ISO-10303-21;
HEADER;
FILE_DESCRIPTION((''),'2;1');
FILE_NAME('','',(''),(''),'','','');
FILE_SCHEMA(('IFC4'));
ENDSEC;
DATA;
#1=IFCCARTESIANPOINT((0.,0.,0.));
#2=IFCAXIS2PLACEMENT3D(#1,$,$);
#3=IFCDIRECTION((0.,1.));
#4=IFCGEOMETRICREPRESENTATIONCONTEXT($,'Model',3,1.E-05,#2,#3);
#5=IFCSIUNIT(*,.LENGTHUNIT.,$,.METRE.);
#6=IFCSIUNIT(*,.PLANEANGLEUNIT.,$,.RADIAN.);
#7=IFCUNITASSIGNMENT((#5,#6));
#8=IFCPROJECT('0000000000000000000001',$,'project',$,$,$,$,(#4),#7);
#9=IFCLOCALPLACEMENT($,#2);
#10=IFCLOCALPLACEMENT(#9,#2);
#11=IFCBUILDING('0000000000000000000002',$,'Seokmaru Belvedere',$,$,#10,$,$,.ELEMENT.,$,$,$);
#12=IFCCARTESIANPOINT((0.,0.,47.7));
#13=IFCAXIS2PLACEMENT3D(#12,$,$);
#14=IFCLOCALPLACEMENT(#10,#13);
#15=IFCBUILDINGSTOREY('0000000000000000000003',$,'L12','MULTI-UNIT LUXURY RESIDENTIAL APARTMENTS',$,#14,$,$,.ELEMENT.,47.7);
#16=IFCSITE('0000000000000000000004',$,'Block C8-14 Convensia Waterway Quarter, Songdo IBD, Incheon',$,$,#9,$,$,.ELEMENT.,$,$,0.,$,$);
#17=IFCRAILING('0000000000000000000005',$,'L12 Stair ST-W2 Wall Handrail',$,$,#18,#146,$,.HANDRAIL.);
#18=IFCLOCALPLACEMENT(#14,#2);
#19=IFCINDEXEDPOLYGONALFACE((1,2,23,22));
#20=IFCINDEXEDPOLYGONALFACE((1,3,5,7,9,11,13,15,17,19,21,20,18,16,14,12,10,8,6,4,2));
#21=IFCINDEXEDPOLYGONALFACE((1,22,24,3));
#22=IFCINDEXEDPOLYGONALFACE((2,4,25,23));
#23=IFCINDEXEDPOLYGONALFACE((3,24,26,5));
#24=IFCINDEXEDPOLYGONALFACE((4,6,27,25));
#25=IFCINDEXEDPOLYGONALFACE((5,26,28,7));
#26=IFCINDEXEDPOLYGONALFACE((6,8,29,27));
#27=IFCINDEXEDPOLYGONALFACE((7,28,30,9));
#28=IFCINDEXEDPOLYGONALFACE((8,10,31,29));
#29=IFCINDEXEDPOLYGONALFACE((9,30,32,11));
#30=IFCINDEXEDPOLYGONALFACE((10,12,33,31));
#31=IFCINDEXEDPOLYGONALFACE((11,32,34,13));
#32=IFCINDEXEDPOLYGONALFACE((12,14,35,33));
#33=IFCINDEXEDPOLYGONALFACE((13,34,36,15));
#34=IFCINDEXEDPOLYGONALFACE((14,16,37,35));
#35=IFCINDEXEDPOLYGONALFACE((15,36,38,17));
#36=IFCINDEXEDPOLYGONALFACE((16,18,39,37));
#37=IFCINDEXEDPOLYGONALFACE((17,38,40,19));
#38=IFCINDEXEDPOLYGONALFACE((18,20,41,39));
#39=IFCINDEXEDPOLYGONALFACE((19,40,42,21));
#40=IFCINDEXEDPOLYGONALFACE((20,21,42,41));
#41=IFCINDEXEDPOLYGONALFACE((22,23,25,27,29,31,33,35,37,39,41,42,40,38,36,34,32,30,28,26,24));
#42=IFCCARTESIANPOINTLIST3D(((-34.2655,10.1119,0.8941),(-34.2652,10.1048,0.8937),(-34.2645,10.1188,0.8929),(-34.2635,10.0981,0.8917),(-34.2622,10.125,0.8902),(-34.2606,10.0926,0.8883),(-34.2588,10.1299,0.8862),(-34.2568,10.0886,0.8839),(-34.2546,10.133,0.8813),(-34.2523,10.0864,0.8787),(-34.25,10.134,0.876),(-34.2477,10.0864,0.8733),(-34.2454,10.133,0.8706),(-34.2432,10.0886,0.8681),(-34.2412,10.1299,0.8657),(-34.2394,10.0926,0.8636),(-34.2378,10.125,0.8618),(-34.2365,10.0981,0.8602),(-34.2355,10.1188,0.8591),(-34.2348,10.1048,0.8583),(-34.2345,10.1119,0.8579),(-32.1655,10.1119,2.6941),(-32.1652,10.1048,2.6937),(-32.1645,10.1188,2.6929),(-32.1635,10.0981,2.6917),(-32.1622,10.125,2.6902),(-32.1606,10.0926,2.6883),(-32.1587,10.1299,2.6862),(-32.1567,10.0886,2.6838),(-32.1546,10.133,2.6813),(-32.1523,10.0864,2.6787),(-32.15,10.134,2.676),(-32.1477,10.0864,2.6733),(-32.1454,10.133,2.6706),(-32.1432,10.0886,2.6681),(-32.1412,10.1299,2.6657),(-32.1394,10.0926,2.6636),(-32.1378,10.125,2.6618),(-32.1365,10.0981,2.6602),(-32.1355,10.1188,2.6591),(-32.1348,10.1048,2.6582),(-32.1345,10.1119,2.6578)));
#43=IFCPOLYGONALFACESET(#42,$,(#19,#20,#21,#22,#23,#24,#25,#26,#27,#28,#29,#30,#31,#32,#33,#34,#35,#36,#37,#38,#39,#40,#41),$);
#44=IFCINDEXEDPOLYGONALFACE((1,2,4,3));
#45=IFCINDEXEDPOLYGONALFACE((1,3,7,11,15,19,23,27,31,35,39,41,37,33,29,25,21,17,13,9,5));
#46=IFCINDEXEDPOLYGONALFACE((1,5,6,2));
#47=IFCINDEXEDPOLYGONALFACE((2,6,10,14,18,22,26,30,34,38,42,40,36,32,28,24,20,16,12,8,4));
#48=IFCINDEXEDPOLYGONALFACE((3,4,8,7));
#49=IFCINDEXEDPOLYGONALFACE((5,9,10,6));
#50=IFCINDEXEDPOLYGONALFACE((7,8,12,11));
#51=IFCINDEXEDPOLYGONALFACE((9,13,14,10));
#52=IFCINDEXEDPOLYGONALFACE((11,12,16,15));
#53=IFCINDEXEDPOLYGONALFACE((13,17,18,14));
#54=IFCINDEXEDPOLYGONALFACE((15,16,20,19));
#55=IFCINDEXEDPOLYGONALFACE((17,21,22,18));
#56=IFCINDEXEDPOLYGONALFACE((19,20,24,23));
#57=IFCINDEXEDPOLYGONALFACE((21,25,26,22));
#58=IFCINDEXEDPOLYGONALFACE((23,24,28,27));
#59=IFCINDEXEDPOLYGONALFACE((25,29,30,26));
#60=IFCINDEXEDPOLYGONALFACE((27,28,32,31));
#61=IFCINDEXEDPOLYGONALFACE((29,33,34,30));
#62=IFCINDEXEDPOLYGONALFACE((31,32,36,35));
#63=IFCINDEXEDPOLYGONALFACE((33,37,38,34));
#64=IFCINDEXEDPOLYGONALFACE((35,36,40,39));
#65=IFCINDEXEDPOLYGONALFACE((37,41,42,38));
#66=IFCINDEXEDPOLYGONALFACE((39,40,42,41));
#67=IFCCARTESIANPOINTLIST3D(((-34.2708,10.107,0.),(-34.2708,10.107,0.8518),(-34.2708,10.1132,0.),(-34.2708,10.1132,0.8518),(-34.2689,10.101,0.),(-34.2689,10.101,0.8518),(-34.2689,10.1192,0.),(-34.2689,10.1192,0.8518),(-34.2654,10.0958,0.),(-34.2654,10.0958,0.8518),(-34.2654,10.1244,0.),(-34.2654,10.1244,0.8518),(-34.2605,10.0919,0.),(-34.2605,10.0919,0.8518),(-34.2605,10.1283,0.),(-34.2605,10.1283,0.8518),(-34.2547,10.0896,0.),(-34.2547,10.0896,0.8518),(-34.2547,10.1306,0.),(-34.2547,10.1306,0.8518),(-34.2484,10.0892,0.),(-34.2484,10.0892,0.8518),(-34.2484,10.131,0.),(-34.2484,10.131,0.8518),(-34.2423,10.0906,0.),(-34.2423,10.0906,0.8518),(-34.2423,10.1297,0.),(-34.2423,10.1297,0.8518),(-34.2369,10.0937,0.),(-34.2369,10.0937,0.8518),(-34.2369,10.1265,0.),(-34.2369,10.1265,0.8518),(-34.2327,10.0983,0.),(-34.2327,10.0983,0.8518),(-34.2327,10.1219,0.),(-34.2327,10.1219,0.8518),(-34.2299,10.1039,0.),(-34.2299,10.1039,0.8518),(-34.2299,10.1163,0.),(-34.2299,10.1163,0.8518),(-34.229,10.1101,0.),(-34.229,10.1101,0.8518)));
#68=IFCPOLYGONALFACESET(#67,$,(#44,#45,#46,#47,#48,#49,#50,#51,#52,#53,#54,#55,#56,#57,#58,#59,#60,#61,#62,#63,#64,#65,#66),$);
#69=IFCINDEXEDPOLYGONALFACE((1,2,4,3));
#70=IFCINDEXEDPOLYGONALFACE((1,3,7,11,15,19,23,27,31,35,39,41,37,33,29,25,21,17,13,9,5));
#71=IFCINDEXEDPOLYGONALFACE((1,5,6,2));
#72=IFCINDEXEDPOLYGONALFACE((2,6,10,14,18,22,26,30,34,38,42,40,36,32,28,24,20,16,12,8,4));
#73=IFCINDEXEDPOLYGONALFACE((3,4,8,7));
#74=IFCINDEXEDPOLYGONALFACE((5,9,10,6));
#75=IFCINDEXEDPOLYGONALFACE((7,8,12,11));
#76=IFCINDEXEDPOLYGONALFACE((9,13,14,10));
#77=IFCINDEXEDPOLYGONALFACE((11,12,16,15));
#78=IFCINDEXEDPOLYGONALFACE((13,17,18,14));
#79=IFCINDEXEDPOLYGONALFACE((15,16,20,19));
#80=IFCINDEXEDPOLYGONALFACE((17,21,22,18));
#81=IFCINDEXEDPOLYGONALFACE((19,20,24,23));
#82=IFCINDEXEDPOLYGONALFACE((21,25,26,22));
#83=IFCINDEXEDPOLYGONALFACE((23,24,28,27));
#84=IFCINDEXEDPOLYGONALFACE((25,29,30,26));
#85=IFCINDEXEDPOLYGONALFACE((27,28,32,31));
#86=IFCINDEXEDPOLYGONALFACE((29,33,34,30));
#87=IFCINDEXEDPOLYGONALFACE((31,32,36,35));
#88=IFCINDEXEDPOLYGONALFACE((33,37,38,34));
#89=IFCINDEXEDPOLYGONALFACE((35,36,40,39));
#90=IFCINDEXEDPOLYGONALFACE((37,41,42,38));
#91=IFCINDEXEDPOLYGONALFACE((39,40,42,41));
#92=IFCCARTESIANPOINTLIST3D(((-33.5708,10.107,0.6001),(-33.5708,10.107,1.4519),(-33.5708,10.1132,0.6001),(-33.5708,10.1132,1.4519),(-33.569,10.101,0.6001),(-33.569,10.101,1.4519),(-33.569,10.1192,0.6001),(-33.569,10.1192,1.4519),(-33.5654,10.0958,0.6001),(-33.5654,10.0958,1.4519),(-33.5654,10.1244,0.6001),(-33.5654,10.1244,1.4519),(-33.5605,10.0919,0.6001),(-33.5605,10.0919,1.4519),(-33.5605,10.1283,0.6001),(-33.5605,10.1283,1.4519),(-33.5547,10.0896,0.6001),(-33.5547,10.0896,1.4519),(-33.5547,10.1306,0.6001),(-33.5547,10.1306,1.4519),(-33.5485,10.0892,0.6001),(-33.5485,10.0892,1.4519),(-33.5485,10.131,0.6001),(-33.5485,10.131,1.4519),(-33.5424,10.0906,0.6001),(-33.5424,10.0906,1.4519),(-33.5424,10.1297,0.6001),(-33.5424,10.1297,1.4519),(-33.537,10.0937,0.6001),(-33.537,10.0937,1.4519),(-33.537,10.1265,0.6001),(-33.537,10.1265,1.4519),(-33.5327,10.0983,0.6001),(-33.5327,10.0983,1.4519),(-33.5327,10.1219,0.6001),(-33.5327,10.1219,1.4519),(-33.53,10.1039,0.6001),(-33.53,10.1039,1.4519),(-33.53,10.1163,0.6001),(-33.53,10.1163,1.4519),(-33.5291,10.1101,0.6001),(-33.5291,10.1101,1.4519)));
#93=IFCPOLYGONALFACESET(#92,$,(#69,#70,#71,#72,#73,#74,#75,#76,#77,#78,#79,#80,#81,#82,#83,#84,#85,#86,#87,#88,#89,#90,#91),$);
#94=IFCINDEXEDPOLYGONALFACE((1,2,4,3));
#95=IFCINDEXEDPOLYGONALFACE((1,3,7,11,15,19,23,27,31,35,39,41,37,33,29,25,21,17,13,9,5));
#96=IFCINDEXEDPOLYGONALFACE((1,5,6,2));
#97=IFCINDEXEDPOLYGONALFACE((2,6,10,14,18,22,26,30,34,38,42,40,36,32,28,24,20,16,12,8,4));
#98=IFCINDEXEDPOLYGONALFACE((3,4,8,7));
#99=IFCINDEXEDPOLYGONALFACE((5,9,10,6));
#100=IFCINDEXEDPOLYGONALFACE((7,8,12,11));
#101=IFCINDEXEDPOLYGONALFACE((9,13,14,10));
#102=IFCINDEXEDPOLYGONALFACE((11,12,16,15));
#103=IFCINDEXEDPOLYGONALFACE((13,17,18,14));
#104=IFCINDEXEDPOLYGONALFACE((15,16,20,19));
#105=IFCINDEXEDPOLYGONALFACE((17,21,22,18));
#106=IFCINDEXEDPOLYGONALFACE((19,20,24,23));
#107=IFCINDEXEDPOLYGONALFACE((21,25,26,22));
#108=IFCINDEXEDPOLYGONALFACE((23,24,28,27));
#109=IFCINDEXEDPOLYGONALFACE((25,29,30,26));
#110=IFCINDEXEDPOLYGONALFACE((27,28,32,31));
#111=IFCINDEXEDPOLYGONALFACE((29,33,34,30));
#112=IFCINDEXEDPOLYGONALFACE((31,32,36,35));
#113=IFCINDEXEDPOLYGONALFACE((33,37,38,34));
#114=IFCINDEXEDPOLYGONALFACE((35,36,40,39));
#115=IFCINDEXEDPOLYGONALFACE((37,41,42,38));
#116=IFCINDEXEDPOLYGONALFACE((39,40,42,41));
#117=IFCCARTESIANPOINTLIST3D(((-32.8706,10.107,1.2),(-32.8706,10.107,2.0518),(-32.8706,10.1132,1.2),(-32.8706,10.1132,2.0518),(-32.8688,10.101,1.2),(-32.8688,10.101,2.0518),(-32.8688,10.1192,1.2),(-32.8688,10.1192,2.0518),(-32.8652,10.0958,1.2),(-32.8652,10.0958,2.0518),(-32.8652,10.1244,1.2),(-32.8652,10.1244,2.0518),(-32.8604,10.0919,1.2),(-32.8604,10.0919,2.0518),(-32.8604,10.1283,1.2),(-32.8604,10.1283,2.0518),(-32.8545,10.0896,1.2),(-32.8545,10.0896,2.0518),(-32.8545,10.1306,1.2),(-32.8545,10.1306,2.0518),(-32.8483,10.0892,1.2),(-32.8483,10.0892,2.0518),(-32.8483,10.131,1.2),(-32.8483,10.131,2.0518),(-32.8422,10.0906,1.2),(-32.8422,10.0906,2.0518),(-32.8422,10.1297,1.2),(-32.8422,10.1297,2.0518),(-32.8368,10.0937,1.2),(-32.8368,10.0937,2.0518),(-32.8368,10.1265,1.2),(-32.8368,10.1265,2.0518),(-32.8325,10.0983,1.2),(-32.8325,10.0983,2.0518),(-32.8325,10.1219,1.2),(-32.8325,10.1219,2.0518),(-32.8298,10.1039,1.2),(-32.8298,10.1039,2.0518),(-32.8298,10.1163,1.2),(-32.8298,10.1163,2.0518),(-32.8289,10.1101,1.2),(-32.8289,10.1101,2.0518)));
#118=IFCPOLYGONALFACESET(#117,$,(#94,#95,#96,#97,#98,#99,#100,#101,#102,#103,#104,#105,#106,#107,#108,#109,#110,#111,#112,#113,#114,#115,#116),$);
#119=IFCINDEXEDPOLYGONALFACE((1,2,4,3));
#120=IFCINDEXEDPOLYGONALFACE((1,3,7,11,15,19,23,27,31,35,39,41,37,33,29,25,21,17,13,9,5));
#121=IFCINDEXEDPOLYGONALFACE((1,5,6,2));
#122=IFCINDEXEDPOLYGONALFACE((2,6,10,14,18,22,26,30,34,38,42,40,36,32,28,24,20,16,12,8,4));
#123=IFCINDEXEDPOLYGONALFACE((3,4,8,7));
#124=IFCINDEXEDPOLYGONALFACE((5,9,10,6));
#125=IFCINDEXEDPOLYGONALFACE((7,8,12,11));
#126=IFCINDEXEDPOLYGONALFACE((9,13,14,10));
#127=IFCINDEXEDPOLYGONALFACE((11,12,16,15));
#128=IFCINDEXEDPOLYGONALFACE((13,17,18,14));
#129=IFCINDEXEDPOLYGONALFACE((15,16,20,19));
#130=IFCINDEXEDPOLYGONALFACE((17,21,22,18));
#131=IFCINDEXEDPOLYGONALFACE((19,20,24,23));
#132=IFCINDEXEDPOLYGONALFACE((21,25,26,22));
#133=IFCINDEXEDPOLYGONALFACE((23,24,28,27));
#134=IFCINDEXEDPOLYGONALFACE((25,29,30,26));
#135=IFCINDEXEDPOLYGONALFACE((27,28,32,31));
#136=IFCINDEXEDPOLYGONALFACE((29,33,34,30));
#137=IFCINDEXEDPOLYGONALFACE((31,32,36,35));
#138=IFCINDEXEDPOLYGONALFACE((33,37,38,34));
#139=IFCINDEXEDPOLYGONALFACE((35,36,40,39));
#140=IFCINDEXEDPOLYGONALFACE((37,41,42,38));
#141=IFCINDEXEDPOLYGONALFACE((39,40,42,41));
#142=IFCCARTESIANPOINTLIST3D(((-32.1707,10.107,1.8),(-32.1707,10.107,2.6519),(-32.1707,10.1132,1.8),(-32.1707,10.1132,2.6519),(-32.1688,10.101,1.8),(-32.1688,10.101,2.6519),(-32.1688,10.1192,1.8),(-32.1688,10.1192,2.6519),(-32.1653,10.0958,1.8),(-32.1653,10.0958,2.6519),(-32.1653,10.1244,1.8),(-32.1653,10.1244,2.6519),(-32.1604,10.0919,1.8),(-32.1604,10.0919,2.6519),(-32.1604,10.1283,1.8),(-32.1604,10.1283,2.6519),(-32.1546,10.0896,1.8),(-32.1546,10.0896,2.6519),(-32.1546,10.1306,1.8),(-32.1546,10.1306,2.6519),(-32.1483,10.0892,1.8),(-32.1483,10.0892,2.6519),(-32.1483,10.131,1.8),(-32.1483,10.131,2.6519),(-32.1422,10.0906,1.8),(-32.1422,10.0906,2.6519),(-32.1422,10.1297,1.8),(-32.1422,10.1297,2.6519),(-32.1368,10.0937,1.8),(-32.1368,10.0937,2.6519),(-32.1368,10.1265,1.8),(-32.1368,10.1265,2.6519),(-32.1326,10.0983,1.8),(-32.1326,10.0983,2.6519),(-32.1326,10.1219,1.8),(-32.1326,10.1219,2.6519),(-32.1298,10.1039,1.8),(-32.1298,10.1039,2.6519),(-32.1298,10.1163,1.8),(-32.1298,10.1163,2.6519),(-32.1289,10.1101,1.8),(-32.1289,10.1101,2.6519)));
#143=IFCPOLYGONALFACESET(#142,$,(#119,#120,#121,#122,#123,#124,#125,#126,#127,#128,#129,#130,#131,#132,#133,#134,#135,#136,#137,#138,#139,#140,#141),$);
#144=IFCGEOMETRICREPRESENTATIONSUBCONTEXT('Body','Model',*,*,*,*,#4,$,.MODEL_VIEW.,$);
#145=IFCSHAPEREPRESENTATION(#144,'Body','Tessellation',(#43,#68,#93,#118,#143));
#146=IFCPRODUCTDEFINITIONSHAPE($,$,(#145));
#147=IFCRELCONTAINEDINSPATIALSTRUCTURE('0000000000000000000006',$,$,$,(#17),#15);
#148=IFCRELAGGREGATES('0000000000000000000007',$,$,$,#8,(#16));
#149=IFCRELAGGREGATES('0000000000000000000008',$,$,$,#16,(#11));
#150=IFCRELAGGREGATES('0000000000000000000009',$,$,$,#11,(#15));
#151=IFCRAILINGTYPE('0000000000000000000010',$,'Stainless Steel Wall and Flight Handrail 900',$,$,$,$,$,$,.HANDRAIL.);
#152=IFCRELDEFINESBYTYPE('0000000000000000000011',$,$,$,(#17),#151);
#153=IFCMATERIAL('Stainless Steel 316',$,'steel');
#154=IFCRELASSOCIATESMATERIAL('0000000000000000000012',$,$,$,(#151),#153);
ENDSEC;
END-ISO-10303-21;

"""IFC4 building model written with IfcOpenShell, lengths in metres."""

from ifc_helpers import new_model, si_unit, direction, frame, origin, origin_2d, place, context, subcontext, project, spatial, circle, extrude, material, type_object, element, save


model = new_model("IFC4")

# Units and contexts
model_context = context("Model", 3, precision=1e-05, world=origin(), true_north=direction((0.0, 1.0)))
body_context = subcontext(model_context, "Body", "Model", "MODEL_VIEW")
ifc_project = project(units=[si_unit("LENGTHUNIT", "METRE"), si_unit("PLANEANGLEUNIT", "RADIAN")], contexts=[model_context])

# Site, building, storey
site_placement = place(None, origin())
site = spatial("IfcSite", under=ifc_project, at=site_placement, Name="Block C8-14 Convensia Waterway Quarter, Songdo IBD, Incheon", CompositionType="ELEMENT", RefElevation=0.0)
building_placement = place(site_placement, origin())
building = spatial("IfcBuilding", under=site, at=building_placement, Name="Seokmaru Belvedere", CompositionType="ELEMENT")
storey_placement = place(building_placement, frame((0.0, 0.0, 47.7)))
storey = spatial("IfcBuildingStorey", under=building, at=storey_placement, Name="L12", Description="MULTI-UNIT LUXURY RESIDENTIAL APARTMENTS", CompositionType="ELEMENT", Elevation=47.7)

# Railing
ifc_material_1 = material(Name="Stainless Steel 316", Category="steel")
railing_type_1 = type_object("IfcRailingType", Name="Stainless Steel Wall and Flight Handrail 900", PredefinedType="HANDRAIL", material=ifc_material_1)
railing_1_placement = place(storey_placement, frame((-34.25, 10.1101, 0.0)))
element("IfcRailing", 1, at=railing_1_placement, inside=storey, type_object=railing_type_1, Name="L12 Stair ST-W2 Wall Handrail", PredefinedType="HANDRAIL", context=body_context, shape_type="SweptSolid", body=[
    extrude(circle(Radius=0.0239, at=origin_2d()), frame((0.0, 0.0, 0.876), z_axis=(0.759263, 0.0, 0.650784), x_axis=(0.0, 1.0, 0.0)), (0.0, 0.0, 1.0), 2.7659),
    extrude(circle(Radius=0.021, at=origin_2d()), origin(), (0.0, 0.0, 1.0), 0.8518),
    extrude(circle(Radius=0.021, at=origin_2d()), frame((0.7, 0.0, 0.6001)), (0.0, 0.0, 1.0), 0.8518),
    extrude(circle(Radius=0.021, at=origin_2d()), frame((1.4001, 0.0, 1.2)), (0.0, 0.0, 1.0), 0.8518),
    extrude(circle(Radius=0.021, at=origin_2d()), frame((2.1001, 0.0, 1.8)), (0.0, 0.0, 1.0), 0.8518),
])

save(model, "model.ifc")
